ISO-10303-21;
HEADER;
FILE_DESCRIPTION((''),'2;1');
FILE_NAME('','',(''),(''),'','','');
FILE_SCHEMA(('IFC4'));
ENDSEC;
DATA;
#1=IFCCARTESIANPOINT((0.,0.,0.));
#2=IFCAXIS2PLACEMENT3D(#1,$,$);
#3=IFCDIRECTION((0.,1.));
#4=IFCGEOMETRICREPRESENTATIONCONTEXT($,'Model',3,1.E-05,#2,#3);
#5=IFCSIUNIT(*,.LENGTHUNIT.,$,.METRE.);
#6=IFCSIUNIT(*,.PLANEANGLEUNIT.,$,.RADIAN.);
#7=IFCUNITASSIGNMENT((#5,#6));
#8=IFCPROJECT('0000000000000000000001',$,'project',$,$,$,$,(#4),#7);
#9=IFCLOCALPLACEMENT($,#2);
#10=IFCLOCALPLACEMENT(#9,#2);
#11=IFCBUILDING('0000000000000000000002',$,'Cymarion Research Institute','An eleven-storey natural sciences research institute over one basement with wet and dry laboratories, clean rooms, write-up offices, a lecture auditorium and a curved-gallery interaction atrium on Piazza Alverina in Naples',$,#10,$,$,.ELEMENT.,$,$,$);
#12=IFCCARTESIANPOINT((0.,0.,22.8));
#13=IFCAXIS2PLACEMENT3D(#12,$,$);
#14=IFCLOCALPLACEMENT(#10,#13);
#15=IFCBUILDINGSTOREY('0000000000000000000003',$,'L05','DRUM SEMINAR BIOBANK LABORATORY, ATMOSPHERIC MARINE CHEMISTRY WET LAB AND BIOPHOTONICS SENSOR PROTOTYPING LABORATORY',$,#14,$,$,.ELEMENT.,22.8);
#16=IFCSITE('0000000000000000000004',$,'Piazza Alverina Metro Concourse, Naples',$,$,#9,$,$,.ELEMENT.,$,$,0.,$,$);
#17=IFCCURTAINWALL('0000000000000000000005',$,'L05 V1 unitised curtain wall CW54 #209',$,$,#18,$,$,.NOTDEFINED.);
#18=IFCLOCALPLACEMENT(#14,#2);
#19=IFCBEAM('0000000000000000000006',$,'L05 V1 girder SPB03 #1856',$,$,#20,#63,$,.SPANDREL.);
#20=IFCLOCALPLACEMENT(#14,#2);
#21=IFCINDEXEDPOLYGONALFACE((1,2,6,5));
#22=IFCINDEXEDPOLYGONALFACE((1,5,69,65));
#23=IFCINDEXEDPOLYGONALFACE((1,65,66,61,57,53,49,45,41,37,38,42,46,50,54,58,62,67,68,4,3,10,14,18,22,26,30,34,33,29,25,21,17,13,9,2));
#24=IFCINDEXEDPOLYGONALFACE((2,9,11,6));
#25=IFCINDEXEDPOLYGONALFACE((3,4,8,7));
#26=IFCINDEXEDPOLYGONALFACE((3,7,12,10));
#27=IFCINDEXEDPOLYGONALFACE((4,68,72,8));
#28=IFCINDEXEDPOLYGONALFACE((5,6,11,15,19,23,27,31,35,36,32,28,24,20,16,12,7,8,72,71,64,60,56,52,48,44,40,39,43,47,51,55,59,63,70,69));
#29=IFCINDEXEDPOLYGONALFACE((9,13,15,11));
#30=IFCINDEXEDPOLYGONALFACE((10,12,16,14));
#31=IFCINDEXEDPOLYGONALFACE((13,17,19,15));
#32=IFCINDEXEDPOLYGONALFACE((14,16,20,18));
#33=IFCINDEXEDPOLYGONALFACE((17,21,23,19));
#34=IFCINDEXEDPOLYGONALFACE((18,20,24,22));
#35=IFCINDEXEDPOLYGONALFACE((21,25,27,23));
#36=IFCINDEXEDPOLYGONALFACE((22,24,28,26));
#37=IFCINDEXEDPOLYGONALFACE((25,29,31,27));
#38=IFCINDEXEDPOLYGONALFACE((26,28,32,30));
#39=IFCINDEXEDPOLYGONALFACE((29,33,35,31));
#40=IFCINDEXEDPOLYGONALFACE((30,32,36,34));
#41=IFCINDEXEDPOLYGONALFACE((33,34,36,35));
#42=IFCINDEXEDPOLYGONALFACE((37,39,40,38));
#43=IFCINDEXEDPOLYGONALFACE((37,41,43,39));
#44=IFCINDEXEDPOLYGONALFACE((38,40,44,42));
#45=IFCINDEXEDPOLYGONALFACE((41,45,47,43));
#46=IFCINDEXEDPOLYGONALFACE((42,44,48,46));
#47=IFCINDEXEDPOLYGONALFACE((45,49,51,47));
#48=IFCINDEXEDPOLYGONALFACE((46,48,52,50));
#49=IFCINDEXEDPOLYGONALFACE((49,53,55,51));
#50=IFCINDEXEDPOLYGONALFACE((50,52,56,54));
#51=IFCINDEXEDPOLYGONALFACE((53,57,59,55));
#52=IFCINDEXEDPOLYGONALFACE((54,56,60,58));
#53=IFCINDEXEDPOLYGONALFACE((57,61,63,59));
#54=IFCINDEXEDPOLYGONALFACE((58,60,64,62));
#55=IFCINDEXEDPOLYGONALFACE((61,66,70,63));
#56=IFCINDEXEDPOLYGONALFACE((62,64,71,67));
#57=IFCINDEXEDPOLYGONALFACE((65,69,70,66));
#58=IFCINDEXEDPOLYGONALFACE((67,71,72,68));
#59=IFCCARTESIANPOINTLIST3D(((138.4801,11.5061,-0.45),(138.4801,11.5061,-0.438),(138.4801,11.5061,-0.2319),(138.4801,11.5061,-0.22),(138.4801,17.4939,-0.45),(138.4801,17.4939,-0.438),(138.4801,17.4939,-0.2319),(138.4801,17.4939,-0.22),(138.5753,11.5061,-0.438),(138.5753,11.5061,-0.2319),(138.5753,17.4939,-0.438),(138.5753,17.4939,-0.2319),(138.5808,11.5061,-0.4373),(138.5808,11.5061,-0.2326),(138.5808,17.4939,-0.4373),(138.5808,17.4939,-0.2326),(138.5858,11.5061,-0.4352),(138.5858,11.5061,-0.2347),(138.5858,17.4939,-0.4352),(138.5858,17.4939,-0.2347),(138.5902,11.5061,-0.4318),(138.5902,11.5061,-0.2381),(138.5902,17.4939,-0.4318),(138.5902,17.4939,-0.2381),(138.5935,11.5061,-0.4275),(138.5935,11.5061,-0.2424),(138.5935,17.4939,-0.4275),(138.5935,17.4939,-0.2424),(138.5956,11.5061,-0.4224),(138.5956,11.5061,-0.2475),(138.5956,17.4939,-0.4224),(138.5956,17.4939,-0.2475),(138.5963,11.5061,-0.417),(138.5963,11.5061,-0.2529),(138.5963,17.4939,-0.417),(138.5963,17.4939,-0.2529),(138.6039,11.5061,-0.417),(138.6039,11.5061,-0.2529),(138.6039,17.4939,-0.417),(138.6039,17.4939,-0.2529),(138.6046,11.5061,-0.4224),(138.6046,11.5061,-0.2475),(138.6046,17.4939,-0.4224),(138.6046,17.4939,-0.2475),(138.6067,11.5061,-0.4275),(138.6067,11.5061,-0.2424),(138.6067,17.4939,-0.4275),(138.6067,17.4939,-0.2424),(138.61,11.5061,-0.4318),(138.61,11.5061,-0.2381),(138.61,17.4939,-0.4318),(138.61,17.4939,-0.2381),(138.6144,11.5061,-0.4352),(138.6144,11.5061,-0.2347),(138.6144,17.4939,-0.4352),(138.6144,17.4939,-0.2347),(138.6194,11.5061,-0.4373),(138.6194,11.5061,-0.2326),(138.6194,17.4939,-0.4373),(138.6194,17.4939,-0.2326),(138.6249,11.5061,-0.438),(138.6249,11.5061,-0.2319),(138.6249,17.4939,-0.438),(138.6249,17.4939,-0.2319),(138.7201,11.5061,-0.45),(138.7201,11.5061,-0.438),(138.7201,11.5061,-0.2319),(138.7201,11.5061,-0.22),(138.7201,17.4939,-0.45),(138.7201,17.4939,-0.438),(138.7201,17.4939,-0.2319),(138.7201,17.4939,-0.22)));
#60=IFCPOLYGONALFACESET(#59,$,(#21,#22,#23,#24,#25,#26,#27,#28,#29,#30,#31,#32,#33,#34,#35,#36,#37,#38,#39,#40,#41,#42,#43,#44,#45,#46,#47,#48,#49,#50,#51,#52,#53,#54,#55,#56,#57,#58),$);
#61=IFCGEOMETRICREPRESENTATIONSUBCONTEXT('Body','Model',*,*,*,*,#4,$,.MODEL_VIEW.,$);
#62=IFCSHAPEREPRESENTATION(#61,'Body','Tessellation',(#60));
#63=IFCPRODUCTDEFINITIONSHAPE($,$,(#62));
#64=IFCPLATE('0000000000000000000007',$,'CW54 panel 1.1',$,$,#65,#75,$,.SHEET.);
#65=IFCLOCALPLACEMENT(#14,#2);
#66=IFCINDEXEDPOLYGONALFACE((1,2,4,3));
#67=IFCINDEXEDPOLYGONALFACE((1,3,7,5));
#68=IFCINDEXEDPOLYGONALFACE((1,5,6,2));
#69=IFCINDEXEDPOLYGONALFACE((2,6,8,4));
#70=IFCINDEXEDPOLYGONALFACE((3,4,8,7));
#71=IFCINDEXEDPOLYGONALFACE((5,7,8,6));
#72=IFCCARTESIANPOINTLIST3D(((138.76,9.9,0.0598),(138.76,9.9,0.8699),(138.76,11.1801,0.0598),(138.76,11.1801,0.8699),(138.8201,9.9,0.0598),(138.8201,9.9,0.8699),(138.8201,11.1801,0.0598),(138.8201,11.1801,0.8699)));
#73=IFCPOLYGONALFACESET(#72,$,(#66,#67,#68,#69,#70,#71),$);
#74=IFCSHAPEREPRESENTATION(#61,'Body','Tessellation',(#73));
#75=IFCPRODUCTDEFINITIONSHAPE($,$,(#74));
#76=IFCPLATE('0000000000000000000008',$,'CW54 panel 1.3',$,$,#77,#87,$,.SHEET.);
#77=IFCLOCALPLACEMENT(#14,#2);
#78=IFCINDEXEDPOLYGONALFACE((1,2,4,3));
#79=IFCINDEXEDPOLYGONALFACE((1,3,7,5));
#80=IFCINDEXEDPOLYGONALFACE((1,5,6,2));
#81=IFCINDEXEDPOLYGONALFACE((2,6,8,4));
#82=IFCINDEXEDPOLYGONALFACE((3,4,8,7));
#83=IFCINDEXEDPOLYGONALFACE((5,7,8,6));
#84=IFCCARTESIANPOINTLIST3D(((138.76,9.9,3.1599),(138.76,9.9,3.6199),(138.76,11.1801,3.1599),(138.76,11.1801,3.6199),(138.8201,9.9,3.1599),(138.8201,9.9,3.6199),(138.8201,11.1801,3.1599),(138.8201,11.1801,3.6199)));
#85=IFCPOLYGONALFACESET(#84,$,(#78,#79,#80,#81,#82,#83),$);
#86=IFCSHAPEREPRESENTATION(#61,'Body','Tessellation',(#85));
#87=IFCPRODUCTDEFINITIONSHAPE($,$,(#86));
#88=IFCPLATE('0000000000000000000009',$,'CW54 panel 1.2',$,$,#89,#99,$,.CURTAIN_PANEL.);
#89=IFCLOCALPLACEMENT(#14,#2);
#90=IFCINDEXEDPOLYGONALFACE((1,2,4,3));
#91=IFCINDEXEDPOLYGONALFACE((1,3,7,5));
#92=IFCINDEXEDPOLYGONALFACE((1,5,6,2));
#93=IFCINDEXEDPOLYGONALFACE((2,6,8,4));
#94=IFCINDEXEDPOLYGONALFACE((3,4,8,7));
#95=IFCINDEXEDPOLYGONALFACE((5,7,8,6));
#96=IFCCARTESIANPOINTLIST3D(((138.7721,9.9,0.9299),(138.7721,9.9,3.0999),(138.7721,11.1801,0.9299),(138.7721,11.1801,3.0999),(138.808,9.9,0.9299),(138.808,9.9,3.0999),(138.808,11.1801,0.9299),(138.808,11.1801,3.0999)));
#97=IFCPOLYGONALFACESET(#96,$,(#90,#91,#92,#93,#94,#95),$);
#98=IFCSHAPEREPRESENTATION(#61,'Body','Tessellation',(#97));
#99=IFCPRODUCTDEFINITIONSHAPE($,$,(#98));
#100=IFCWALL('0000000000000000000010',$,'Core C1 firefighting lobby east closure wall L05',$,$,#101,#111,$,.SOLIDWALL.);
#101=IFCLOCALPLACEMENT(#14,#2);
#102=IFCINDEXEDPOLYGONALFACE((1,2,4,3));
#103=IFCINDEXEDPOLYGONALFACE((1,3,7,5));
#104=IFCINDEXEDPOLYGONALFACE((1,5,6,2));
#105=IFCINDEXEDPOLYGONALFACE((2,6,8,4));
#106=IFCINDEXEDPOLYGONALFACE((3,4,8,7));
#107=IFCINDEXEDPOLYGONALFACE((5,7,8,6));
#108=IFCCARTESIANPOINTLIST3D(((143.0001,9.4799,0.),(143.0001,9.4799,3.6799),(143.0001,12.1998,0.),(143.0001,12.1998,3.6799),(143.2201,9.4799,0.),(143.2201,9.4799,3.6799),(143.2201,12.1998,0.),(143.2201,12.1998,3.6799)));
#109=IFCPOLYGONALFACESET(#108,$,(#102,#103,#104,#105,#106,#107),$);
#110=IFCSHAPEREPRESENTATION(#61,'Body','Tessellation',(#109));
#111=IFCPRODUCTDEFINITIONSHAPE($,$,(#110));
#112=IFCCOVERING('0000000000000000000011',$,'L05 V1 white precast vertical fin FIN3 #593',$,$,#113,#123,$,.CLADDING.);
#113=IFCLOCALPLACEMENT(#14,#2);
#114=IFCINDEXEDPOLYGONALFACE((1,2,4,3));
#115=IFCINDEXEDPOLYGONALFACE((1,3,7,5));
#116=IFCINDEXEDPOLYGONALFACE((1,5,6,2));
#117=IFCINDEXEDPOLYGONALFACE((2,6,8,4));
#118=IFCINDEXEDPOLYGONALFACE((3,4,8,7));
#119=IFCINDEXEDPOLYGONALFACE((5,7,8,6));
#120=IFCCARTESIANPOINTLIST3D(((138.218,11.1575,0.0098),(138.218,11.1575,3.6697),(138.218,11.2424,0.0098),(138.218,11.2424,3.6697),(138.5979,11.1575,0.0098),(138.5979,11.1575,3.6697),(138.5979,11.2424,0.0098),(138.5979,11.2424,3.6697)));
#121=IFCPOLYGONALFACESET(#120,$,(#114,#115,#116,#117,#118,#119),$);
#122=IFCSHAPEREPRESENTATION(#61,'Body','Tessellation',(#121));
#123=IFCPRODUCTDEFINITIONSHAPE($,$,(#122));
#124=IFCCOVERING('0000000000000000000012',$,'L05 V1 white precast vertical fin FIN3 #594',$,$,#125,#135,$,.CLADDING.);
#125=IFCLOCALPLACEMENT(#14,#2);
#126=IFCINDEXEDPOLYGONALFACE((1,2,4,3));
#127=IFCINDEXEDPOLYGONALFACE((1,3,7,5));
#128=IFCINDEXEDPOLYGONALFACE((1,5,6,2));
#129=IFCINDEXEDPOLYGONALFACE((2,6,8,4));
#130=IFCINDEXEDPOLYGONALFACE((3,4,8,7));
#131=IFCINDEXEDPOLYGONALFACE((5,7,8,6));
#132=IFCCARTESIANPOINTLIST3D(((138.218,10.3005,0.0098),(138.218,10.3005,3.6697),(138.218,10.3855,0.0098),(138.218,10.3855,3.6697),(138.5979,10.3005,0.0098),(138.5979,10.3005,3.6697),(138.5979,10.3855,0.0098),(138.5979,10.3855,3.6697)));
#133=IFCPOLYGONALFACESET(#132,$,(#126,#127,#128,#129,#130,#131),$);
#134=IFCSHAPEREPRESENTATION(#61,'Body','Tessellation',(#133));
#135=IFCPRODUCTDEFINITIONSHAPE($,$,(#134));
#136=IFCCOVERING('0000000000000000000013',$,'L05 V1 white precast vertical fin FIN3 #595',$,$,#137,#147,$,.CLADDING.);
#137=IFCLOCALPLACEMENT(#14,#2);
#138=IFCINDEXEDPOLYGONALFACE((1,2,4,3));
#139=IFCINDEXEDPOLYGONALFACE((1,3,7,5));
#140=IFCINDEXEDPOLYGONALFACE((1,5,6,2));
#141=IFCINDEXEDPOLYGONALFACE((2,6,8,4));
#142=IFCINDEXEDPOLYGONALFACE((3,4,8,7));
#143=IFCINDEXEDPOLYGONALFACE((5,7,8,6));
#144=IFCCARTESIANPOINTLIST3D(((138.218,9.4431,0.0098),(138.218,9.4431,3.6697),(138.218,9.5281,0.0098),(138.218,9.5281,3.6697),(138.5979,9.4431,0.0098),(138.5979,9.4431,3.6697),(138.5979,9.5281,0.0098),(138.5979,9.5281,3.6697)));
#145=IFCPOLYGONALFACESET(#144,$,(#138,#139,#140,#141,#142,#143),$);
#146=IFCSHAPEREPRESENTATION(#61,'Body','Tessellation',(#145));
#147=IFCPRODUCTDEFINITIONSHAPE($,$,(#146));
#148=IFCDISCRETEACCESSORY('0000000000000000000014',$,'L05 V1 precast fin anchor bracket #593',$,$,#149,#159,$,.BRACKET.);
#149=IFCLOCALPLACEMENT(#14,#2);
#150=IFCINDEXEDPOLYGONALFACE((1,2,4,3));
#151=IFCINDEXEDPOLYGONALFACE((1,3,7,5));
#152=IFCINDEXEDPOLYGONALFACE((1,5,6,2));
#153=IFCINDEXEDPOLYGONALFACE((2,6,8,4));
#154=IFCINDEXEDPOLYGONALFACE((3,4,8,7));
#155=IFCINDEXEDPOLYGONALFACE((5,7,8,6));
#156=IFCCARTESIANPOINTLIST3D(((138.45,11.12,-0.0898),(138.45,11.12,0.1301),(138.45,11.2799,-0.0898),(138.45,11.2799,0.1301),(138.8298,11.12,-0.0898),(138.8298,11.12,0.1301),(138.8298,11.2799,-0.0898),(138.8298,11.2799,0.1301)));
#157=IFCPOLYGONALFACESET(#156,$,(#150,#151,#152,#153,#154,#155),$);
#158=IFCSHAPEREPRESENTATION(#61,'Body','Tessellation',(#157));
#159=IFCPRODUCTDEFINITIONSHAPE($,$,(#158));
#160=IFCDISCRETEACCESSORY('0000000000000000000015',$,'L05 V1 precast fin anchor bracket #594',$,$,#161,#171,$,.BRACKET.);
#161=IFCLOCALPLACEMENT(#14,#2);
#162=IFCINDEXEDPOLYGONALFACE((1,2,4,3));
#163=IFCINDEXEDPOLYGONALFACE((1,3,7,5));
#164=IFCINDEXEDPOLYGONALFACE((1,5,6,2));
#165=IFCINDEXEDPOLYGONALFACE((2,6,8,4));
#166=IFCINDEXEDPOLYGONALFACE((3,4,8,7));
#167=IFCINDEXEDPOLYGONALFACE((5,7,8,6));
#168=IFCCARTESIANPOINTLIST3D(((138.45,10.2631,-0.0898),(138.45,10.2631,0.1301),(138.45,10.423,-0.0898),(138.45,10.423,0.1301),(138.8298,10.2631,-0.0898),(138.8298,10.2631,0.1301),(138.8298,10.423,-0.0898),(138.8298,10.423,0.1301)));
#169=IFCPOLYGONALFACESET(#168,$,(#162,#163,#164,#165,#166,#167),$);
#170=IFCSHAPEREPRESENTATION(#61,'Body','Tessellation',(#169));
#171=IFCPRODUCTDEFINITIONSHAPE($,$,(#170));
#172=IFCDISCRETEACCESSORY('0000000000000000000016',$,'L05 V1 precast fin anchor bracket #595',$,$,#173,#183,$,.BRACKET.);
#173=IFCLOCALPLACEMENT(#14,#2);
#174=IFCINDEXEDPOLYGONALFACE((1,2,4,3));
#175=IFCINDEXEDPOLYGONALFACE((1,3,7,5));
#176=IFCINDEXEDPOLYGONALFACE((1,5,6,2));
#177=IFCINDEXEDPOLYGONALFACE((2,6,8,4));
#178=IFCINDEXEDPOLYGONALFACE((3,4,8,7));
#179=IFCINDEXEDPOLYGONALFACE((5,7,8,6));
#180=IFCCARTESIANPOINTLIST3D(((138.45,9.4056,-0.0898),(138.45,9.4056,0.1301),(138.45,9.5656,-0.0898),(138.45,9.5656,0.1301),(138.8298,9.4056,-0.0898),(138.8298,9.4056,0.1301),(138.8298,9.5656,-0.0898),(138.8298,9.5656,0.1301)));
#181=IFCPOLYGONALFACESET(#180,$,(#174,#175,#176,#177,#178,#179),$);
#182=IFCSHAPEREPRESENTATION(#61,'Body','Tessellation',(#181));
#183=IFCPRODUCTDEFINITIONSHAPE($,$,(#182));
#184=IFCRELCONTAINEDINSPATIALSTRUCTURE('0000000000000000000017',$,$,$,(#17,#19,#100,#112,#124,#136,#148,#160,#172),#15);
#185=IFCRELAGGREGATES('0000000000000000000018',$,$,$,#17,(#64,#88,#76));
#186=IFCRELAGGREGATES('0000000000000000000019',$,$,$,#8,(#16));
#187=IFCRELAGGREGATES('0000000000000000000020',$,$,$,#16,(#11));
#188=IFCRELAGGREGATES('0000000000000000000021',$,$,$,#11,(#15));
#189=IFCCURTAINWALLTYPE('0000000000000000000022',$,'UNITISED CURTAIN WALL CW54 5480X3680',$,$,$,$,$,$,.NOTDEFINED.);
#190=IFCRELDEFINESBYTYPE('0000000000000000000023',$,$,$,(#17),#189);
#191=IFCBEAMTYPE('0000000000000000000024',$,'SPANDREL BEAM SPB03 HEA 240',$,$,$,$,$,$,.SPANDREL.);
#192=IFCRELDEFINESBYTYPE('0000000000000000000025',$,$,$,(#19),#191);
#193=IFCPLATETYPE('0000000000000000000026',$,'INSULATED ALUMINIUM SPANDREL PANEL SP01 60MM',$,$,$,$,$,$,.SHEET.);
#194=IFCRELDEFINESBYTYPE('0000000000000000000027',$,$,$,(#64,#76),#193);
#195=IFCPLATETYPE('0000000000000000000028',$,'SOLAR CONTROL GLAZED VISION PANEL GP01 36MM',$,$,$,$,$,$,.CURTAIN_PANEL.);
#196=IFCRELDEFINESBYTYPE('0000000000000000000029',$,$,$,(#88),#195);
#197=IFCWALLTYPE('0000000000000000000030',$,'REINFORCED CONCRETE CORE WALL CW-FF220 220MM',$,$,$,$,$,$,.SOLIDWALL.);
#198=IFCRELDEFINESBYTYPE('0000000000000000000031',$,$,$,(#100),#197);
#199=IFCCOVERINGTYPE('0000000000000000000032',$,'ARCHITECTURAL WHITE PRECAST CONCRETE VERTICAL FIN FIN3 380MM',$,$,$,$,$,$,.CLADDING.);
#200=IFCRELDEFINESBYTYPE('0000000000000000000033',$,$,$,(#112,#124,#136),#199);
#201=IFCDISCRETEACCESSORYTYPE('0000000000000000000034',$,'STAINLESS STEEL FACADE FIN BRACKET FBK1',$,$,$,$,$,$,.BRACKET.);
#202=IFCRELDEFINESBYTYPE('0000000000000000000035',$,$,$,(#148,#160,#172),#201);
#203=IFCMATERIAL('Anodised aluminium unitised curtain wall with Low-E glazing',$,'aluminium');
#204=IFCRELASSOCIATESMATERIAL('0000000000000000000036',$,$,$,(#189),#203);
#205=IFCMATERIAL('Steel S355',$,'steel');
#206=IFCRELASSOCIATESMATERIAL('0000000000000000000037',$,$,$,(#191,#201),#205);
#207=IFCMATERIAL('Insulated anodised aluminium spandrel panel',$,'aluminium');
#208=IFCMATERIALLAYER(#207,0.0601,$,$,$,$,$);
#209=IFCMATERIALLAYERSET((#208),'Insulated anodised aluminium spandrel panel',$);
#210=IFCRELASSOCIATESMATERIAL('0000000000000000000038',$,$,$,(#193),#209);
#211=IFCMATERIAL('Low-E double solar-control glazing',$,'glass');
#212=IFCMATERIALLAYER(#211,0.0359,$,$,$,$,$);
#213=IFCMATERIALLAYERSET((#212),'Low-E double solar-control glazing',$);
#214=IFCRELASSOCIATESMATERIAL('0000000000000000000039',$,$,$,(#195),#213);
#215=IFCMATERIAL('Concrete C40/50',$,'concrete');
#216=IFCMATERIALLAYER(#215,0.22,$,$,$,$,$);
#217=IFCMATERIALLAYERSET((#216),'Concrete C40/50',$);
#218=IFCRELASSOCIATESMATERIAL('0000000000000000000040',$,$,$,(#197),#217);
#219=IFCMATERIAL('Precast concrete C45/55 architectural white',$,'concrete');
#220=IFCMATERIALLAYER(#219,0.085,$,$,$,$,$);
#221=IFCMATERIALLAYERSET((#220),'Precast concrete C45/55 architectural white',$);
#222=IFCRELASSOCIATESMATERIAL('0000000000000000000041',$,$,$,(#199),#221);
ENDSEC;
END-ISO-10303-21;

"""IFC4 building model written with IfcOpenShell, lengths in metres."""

from ifc_helpers import new_model, si_unit, direction, frame, frame_2d, origin, origin_2d, place, context, subcontext, project, spatial, rectangle, i_section, extrude, material, layer, layer_set, material_profile, profile_set, type_object, element, aggregate, save


model = new_model("IFC4")

# Units and contexts
model_context = context("Model", 3, precision=1e-05, world=origin(), true_north=direction((0.0, 1.0)))
body_context = subcontext(model_context, "Body", "Model", "MODEL_VIEW")
ifc_project = project(units=[si_unit("LENGTHUNIT", "METRE"), si_unit("PLANEANGLEUNIT", "RADIAN")], contexts=[model_context])

# Site, building, storey
site_placement = place(None, origin())
site = spatial("IfcSite", under=ifc_project, at=site_placement, Name="Piazza Alverina Metro Concourse, Naples", CompositionType="ELEMENT", RefElevation=0.0)
building_placement = place(site_placement, origin())
building = spatial("IfcBuilding", under=site, at=building_placement, Name="Cymarion Research Institute", Description="An eleven-storey natural sciences research institute over one basement with wet and dry laboratories, clean rooms, write-up offices, a lecture auditorium and a curved-gallery interaction atrium on Piazza Alverina in Naples", CompositionType="ELEMENT")
storey_placement = place(building_placement, frame((0.0, 0.0, 22.8)))
storey = spatial("IfcBuildingStorey", under=building, at=storey_placement, Name="L05", Description="DRUM SEMINAR BIOBANK LABORATORY, ATMOSPHERIC MARINE CHEMISTRY WET LAB AND BIOPHOTONICS SENSOR PROTOTYPING LABORATORY", CompositionType="ELEMENT", Elevation=22.8)

# Shared definitions
ifc_material_1 = material(Name="Steel S355", Category="steel")

# Curtain wall
ifc_material_2 = material(Name="Anodised aluminium unitised curtain wall with Low-E glazing", Category="aluminium")
curtain_wall_type = type_object("IfcCurtainWallType", Name="UNITISED CURTAIN WALL CW54 5480X3680", PredefinedType="NOTDEFINED", material=ifc_material_2)
curtain_wall_placement = place(storey_placement, origin())
curtain_wall = element("IfcCurtainWall", 1, at=curtain_wall_placement, inside=storey, type_object=curtain_wall_type, Name="L05 V1 unitised curtain wall CW54 #209", PredefinedType="NOTDEFINED")

# Beam
ifc_material_profile_1 = material_profile(ifc_material_1, i_section(OverallWidth=0.24, OverallDepth=0.23, WebThickness=0.0076, FlangeThickness=0.012, FilletRadius=0.021, at=origin_2d()), Name="HEA 240")
ifc_profile_set_1 = profile_set([ifc_material_profile_1], Name="Steel S355")
beam_type = type_object("IfcBeamType", Name="SPANDREL BEAM SPB03 HEA 240", PredefinedType="SPANDREL", material=ifc_profile_set_1)
beam_placement = place(storey_placement, frame((138.6001, 11.5061, -0.335), z_axis=(0.0, 1.0, 0.0), x_axis=(-1.0, 0.0, 0.0)))
element("IfcBeam", 2, at=beam_placement, inside=storey, type_object=beam_type, Name="L05 V1 girder SPB03 #1856", PredefinedType="SPANDREL", context=body_context, shape_type="SweptSolid", body=[
    extrude(i_section(OverallWidth=0.24, OverallDepth=0.23, WebThickness=0.0076, FlangeThickness=0.012, FilletRadius=0.021, at=origin_2d()), origin(), (0.0, 0.0, 1.0), 5.9878),
])

# Plates
ifc_material_3 = material(Name="Insulated anodised aluminium spandrel panel", Category="aluminium")
ifc_layer_1 = layer(ifc_material_3, 0.0601)
ifc_layer_set_1 = layer_set([ifc_layer_1], Name="Insulated anodised aluminium spandrel panel")
plate_type_1 = type_object("IfcPlateType", Name="INSULATED ALUMINIUM SPANDREL PANEL SP01 60MM", PredefinedType="SHEET", material=ifc_layer_set_1)
plate_1_placement = place(storey_placement, frame((138.79, 10.54, 0.0598), z_axis=(0.0, 0.0, 1.0), x_axis=(0.0, -1.0, 0.0)))
plate_1 = element("IfcPlate", 3, at=plate_1_placement, type_object=plate_type_1, Name="CW54 panel 1.1", PredefinedType="SHEET", context=body_context, shape_type="SweptSolid", body=[
    extrude(rectangle(XDim=1.28, YDim=0.0601, at=origin_2d()), origin(), (0.0, 0.0, 1.0), 0.8101),
])
plate_2_placement = place(storey_placement, frame((138.79, 10.54, 3.1599), z_axis=(0.0, 0.0, 1.0), x_axis=(0.0, -1.0, 0.0)))
plate_2 = element("IfcPlate", 4, at=plate_2_placement, type_object=plate_type_1, Name="CW54 panel 1.3", PredefinedType="SHEET", context=body_context, shape_type="SweptSolid", body=[
    extrude(rectangle(XDim=1.28, YDim=0.0601, at=origin_2d()), origin(), (0.0, 0.0, 1.0), 0.46),
])
ifc_material_4 = material(Name="Low-E double solar-control glazing", Category="glass")
ifc_layer_2 = layer(ifc_material_4, 0.0359)
ifc_layer_set_2 = layer_set([ifc_layer_2], Name="Low-E double solar-control glazing")
plate_type_2 = type_object("IfcPlateType", Name="SOLAR CONTROL GLAZED VISION PANEL GP01 36MM", PredefinedType="CURTAIN_PANEL", material=ifc_layer_set_2)
plate_3_placement = place(storey_placement, frame((138.79, 10.54, 0.9299), z_axis=(0.0, 0.0, 1.0), x_axis=(0.0, -1.0, 0.0)))
plate_3 = element("IfcPlate", 5, at=plate_3_placement, type_object=plate_type_2, Name="CW54 panel 1.2", PredefinedType="CURTAIN_PANEL", context=body_context, shape_type="SweptSolid", body=[
    extrude(rectangle(XDim=1.28, YDim=0.0359, at=origin_2d()), origin(), (0.0, 0.0, 1.0), 2.1699),
])
aggregate(curtain_wall, [plate_1, plate_3, plate_2])

# Wall
ifc_material_5 = material(Name="Concrete C40/50", Category="concrete")
ifc_layer_3 = layer(ifc_material_5, 0.22)
ifc_layer_set_3 = layer_set([ifc_layer_3], Name="Concrete C40/50")
wall_type = type_object("IfcWallType", Name="REINFORCED CONCRETE CORE WALL CW-FF220 220MM", PredefinedType="SOLIDWALL", material=ifc_layer_set_3)
wall_placement = place(storey_placement, frame((143.1101, 9.48, 0.0), z_axis=(0.0, 0.0, 1.0), x_axis=(0.0, 1.0, 0.0)))
element("IfcWall", 6, at=wall_placement, inside=storey, type_object=wall_type, Name="Core C1 firefighting lobby east closure wall L05", PredefinedType="SOLIDWALL", context=body_context, shape_type="SweptSolid", body=[
    extrude(rectangle(XDim=2.72, YDim=0.22, at=frame_2d((1.3599, 0.0))), origin(), (0.0, 0.0, 1.0), 3.6799),
])

# Coverings
ifc_material_6 = material(Name="Precast concrete C45/55 architectural white", Category="concrete")
ifc_layer_4 = layer(ifc_material_6, 0.085)
ifc_layer_set_4 = layer_set([ifc_layer_4], Name="Precast concrete C45/55 architectural white")
covering_type = type_object("IfcCoveringType", Name="ARCHITECTURAL WHITE PRECAST CONCRETE VERTICAL FIN FIN3 380MM", PredefinedType="CLADDING", material=ifc_layer_set_4)
for number, where, z_axis, x_axis, name in (
    (7, (138.408, 11.2, 0.0098), (0.0, 0.0, 1.0), (-1.0, 0.0, 0.0), "L05 V1 white precast vertical fin FIN3 #593"),
    (8, (138.408, 10.343, 0.0098), (0.0, 0.0, 1.0), (-1.0, 0.0, 0.0), "L05 V1 white precast vertical fin FIN3 #594"),
    (9, (138.408, 9.4856, 0.0098), (0.0, 0.0, 1.0), (-1.0, 0.0, 0.0), "L05 V1 white precast vertical fin FIN3 #595"),
):
    element("IfcCovering", number, at=place(storey_placement, frame(where, z_axis=z_axis, x_axis=x_axis)), inside=storey, type_object=covering_type, Name=name, PredefinedType="CLADDING", context=body_context, shape_type="SweptSolid", body=[
        extrude(rectangle(XDim=0.3799, YDim=0.085, at=origin_2d()), origin(), (0.0, 0.0, 1.0), 3.6599),
    ])

# Discrete accessories
discrete_accessory_type = type_object("IfcDiscreteAccessoryType", Name="STAINLESS STEEL FACADE FIN BRACKET FBK1", PredefinedType="BRACKET", material=ifc_material_1)
for number, where, z_axis, x_axis, name in (
    (10, (138.6399, 11.2, -0.0898), (0.0, 0.0, 1.0), (-1.0, 0.0, 0.0), "L05 V1 precast fin anchor bracket #593"),
    (11, (138.6399, 10.343, -0.0898), (0.0, 0.0, 1.0), (-1.0, 0.0, 0.0), "L05 V1 precast fin anchor bracket #594"),
    (12, (138.6399, 9.4856, -0.0898), (0.0, 0.0, 1.0), (-1.0, 0.0, 0.0), "L05 V1 precast fin anchor bracket #595"),
):
    element("IfcDiscreteAccessory", number, at=place(storey_placement, frame(where, z_axis=z_axis, x_axis=x_axis)), inside=storey, type_object=discrete_accessory_type, Name=name, PredefinedType="BRACKET", context=body_context, shape_type="SweptSolid", body=[
        extrude(rectangle(XDim=0.3799, YDim=0.1599, at=origin_2d()), origin(), (0.0, 0.0, 1.0), 0.22),
    ])

save(model, "model.ifc")
